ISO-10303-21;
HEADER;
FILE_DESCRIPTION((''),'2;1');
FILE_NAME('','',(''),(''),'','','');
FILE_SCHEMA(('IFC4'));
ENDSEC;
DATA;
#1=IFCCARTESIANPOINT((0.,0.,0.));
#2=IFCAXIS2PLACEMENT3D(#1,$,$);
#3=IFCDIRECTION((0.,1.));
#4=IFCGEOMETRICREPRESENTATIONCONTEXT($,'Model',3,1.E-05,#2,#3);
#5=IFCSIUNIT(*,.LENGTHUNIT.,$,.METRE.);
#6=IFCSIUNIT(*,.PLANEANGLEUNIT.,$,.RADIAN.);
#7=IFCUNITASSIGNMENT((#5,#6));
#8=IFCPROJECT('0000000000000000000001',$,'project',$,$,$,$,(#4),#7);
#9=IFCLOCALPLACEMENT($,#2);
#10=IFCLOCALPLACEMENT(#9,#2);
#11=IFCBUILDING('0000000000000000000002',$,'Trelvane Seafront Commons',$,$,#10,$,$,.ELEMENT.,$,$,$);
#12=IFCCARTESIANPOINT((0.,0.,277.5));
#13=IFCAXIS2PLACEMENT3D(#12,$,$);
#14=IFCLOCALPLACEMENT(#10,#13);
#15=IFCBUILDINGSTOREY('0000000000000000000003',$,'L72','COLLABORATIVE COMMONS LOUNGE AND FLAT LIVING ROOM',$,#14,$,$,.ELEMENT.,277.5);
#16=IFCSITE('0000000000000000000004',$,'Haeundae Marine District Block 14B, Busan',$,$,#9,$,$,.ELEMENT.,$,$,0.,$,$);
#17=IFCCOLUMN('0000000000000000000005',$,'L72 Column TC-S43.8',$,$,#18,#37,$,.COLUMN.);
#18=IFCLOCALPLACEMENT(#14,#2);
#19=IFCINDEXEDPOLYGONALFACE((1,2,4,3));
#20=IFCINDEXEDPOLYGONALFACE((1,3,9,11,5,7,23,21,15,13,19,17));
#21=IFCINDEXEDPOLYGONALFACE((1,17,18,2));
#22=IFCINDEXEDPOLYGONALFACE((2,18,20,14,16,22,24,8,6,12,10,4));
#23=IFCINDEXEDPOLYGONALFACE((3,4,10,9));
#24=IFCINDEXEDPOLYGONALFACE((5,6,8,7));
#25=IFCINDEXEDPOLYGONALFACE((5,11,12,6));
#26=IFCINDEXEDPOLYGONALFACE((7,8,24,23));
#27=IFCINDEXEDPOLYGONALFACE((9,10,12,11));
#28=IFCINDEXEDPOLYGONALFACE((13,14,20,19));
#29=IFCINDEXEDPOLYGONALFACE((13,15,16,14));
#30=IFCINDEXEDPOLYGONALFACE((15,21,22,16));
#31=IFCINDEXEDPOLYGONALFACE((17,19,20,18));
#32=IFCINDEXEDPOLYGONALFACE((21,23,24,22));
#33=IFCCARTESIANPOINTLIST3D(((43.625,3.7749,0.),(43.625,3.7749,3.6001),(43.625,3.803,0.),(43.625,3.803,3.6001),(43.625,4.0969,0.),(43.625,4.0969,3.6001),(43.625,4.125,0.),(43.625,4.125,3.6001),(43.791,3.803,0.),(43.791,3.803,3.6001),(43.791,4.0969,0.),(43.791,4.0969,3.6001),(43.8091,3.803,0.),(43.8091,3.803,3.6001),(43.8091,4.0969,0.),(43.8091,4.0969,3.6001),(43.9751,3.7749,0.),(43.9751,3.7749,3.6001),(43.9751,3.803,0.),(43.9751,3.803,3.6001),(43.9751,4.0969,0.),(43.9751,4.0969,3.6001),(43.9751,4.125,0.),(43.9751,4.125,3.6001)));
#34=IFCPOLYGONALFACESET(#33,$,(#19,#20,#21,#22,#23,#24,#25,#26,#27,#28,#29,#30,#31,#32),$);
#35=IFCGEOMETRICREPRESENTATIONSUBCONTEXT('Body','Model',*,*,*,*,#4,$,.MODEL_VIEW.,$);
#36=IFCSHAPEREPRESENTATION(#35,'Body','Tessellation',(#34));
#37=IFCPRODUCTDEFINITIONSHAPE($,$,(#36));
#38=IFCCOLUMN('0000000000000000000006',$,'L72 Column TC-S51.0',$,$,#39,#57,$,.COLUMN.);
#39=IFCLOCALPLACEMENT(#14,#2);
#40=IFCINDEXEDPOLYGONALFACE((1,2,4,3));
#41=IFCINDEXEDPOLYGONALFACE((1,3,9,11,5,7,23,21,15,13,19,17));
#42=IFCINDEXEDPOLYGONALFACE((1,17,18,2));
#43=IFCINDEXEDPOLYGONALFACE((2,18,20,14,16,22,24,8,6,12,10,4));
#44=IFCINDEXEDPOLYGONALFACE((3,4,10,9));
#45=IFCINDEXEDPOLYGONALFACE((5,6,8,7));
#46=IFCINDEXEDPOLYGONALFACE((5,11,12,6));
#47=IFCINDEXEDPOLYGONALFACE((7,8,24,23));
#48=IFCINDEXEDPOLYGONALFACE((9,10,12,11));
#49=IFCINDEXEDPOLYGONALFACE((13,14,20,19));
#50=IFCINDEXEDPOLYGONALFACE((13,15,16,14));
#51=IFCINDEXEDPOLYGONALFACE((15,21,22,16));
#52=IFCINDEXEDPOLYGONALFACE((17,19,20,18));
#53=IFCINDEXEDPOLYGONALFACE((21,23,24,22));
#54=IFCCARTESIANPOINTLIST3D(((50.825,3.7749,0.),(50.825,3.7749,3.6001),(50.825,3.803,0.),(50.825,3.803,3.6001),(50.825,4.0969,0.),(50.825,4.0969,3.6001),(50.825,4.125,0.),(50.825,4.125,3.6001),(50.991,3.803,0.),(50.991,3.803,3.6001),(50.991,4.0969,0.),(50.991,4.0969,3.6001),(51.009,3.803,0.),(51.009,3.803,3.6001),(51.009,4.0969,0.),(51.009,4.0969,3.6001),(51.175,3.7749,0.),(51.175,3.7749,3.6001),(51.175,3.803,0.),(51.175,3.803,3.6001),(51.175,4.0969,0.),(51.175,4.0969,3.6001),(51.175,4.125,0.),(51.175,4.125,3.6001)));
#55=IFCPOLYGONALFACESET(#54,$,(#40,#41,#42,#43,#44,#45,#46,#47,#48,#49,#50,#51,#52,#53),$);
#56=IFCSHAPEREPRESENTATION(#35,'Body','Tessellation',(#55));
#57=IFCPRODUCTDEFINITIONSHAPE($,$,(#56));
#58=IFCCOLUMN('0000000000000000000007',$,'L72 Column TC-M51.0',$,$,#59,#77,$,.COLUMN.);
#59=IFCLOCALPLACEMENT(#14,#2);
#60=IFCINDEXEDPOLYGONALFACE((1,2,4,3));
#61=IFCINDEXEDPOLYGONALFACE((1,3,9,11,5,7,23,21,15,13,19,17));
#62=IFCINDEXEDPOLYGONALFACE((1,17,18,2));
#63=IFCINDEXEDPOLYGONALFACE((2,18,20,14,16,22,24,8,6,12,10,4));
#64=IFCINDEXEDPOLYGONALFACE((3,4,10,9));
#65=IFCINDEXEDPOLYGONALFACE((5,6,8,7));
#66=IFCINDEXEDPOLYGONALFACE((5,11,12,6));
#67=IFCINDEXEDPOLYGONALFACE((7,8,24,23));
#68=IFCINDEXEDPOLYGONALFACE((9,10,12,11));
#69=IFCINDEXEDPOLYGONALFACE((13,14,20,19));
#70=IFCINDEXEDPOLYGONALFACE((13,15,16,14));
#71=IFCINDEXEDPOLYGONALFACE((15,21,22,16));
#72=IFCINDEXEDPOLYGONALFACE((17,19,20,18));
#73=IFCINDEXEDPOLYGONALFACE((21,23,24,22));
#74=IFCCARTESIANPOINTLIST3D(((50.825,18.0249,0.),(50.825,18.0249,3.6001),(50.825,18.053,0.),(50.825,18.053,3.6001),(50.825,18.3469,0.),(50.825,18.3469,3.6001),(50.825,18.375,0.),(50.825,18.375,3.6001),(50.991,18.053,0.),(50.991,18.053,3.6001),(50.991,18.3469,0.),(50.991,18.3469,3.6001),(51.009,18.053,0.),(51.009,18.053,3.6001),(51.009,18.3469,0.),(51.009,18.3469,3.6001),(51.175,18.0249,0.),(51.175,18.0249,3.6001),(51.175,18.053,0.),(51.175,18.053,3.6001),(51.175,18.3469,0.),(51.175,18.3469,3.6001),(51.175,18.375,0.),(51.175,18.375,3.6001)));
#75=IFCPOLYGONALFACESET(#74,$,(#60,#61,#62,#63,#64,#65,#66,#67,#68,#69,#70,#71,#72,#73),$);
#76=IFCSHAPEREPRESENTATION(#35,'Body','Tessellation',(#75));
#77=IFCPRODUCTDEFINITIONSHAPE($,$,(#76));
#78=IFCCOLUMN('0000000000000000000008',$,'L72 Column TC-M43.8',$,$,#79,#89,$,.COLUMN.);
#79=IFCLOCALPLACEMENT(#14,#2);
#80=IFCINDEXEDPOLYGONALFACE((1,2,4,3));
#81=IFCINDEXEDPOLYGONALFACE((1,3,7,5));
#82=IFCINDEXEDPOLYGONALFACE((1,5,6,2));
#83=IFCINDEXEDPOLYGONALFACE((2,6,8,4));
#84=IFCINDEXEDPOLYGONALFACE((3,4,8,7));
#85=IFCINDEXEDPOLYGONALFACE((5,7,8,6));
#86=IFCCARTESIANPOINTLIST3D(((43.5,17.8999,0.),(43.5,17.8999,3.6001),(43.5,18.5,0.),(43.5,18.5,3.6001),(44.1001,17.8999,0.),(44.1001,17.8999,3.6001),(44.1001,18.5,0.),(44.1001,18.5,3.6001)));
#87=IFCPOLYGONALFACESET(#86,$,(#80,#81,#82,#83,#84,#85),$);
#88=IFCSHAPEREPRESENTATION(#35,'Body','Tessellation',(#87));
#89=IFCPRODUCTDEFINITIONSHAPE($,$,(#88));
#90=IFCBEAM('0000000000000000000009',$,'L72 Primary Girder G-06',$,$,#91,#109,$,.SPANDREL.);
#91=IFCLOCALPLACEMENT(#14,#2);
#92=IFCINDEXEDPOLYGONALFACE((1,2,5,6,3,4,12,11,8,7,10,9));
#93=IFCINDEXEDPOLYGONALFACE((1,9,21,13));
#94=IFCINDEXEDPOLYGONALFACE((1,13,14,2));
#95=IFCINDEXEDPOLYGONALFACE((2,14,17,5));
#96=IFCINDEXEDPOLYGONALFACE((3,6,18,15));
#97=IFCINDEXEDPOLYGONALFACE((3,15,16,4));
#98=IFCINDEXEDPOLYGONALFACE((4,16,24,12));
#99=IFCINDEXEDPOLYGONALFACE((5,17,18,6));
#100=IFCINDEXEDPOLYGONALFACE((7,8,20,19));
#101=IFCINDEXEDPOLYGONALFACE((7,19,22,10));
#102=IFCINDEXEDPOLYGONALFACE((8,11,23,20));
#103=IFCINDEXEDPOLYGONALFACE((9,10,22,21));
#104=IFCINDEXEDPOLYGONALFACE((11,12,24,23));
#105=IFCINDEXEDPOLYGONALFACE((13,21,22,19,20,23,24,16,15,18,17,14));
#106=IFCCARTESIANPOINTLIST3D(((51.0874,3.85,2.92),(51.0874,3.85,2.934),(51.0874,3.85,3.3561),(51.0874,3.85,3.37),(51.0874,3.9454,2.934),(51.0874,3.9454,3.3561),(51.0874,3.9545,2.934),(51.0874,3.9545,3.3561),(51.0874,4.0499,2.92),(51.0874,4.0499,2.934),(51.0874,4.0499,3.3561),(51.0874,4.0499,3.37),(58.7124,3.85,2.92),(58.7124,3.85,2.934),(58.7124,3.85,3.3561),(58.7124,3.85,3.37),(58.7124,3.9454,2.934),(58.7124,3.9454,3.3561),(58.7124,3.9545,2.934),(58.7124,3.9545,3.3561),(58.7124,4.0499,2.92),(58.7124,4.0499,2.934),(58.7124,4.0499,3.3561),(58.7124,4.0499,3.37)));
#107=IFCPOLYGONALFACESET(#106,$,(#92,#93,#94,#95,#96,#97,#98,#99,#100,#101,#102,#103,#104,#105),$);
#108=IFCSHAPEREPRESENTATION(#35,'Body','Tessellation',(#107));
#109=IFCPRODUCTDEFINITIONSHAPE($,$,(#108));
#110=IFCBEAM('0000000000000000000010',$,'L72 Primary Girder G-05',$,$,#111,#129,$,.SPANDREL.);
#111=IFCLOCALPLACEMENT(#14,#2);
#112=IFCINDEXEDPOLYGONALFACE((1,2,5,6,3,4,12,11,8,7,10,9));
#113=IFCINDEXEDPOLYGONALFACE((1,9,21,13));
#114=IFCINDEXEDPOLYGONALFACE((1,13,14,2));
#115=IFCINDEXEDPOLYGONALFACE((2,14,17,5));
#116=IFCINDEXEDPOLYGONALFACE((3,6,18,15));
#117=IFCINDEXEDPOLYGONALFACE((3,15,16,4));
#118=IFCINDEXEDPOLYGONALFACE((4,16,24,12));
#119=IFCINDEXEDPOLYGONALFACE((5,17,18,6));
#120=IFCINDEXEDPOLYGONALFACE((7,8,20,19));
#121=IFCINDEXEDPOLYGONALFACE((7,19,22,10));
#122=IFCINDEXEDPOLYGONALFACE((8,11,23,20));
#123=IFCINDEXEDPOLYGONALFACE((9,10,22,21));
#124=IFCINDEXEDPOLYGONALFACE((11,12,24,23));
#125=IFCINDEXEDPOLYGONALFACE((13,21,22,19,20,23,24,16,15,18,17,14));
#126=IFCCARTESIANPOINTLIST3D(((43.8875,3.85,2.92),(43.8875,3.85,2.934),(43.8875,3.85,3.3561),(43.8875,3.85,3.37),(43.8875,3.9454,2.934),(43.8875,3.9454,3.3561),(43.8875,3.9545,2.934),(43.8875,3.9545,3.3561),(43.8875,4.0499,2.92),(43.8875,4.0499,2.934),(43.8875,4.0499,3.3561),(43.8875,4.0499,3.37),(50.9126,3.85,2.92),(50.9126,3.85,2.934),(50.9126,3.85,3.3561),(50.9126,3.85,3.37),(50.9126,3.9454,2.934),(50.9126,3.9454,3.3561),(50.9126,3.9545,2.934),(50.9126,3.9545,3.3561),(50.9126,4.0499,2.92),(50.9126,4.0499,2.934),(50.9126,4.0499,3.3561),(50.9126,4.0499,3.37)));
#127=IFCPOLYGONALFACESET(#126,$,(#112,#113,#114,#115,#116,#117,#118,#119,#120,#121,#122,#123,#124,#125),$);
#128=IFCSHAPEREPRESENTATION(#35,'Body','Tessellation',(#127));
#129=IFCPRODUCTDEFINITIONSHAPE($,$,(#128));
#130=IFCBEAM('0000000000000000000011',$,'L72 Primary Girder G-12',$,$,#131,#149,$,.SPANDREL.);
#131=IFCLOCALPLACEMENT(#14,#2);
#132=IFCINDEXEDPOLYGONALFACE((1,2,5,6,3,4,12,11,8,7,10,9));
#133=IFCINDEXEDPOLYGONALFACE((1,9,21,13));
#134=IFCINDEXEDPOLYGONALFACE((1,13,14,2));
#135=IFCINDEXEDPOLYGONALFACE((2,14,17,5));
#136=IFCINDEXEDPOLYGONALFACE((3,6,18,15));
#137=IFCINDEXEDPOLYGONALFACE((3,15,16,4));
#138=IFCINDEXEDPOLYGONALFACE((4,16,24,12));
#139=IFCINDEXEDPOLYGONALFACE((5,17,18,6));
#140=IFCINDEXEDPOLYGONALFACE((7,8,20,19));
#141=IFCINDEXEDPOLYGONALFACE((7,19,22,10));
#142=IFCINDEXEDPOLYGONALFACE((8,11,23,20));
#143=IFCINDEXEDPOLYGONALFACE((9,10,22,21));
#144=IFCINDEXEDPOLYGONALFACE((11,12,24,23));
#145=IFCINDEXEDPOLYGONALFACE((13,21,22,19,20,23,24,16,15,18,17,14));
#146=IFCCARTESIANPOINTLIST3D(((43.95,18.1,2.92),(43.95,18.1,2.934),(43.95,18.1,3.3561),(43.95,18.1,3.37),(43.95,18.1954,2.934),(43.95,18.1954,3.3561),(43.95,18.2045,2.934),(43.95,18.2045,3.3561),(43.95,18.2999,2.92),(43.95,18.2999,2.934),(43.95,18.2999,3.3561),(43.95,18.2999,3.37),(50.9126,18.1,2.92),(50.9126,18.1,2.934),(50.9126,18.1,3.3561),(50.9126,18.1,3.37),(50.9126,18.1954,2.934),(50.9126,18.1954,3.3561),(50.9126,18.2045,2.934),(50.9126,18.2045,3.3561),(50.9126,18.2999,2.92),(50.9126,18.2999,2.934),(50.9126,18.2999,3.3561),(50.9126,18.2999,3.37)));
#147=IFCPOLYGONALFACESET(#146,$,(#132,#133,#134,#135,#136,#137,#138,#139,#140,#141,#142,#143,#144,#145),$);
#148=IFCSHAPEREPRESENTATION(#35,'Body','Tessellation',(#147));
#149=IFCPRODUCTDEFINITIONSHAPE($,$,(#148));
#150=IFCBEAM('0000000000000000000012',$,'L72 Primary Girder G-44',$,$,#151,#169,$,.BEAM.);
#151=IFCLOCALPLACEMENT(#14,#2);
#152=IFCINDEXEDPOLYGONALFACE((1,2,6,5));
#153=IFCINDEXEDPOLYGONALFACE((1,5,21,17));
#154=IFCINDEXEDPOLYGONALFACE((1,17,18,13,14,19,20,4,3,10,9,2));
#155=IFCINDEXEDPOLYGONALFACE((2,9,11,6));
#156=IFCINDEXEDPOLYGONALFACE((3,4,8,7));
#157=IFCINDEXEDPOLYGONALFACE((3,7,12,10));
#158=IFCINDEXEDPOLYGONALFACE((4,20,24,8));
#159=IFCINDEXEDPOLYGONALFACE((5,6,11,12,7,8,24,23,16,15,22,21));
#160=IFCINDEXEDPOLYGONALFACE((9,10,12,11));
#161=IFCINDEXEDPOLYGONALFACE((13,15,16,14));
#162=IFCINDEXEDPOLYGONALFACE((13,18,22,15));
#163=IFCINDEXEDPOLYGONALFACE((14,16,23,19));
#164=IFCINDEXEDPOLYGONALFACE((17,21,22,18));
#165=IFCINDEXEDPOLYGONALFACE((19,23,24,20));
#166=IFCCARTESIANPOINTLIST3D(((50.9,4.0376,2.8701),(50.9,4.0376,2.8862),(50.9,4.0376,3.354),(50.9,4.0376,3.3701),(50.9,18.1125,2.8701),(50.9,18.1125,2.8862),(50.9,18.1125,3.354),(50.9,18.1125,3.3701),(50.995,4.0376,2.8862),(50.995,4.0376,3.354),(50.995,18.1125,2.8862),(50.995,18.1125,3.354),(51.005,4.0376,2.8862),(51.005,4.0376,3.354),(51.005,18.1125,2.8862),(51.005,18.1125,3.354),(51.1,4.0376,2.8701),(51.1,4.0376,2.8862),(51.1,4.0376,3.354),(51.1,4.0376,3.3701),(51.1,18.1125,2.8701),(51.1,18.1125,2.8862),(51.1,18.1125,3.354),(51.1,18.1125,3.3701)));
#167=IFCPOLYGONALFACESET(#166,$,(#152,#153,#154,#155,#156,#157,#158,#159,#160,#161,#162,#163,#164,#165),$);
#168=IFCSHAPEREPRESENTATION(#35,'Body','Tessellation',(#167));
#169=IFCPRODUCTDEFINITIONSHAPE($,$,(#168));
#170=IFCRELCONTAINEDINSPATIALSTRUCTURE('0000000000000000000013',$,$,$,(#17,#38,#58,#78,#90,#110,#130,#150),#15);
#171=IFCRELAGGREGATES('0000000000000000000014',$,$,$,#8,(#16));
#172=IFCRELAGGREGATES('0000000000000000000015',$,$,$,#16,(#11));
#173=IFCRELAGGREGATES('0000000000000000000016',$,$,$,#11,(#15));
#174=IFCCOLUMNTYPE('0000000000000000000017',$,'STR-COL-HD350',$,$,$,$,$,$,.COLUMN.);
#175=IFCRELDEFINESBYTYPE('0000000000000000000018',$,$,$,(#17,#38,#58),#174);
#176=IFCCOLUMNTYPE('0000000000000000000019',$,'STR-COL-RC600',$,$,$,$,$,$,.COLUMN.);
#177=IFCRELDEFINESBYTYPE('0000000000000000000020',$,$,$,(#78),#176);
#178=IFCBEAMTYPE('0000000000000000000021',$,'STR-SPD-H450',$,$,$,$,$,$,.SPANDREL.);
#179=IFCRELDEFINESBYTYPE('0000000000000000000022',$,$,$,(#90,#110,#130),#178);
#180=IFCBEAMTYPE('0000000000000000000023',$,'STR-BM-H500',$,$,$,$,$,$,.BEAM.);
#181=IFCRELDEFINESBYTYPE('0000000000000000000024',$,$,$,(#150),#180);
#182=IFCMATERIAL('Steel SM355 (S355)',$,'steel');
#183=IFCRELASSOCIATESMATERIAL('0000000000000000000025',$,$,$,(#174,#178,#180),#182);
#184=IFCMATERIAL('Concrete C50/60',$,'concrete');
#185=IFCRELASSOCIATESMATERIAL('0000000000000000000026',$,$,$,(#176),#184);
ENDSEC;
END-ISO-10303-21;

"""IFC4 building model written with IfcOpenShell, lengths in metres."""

from ifc_helpers import new_model, si_unit, direction, frame, origin, origin_2d, place, context, subcontext, project, spatial, rectangle, i_section, extrude, source, transform, mapped, material, material_profile, profile_set, type_object, element, save


model = new_model("IFC4")

# Units and contexts
model_context = context("Model", 3, precision=1e-05, world=origin(), true_north=direction((0.0, 1.0)))
body_context = subcontext(model_context, "Body", "Model", "MODEL_VIEW")
ifc_project = project(units=[si_unit("LENGTHUNIT", "METRE"), si_unit("PLANEANGLEUNIT", "RADIAN")], contexts=[model_context])

# Site, building, storey
site_placement = place(None, origin())
site = spatial("IfcSite", under=ifc_project, at=site_placement, Name="Haeundae Marine District Block 14B, Busan", CompositionType="ELEMENT", RefElevation=0.0)
building_placement = place(site_placement, origin())
building = spatial("IfcBuilding", under=site, at=building_placement, Name="Trelvane Seafront Commons", CompositionType="ELEMENT")
storey_placement = place(building_placement, frame((0.0, 0.0, 277.5)))
storey = spatial("IfcBuildingStorey", under=building, at=storey_placement, Name="L72", Description="COLLABORATIVE COMMONS LOUNGE AND FLAT LIVING ROOM", CompositionType="ELEMENT", Elevation=277.5)

# Columns
ifc_material_1 = material(Name="Steel SM355 (S355)", Category="steel")
ifc_material_profile_1 = material_profile(ifc_material_1, i_section(OverallWidth=0.3501, OverallDepth=0.3501, WebThickness=0.0181, FlangeThickness=0.0281, at=origin_2d()), Name="HD-350x350x18x28")
ifc_profile_set_1 = profile_set([ifc_material_profile_1], Name="Steel SM355 (S355)")
column_type_1 = type_object("IfcColumnType", Name="STR-COL-HD350", PredefinedType="COLUMN", material=ifc_profile_set_1)
shared_shape_1 = source(origin(), body_context, "Body", "SweptSolid", [
    extrude(i_section(OverallWidth=0.3501, OverallDepth=0.3501, WebThickness=0.0181, FlangeThickness=0.0281, at=origin_2d()), origin(), (0.0, 0.0, 1.0), 3.6001),
])
for number, where, z_axis, x_axis, name in (
    (1, (43.8, 3.95, 0.0), (0.0, 0.0, 1.0), (1.0, 0.0, 0.0), "L72 Column TC-S43.8"),
    (2, (51.0, 3.95, 0.0), (0.0, 0.0, 1.0), (1.0, 0.0, 0.0), "L72 Column TC-S51.0"),
    (3, (51.0, 18.2, 0.0), (0.0, 0.0, 1.0), (1.0, 0.0, 0.0), "L72 Column TC-M51.0"),
):
    element("IfcColumn", number, at=place(storey_placement, frame(where, z_axis=z_axis, x_axis=x_axis)), inside=storey, type_object=column_type_1, Name=name, PredefinedType="COLUMN", context=body_context, shape_type="MappedRepresentation", body=[
        mapped(shared_shape_1, transform((0.0, 0.0, 0.0), x_axis=(1.0, 0.0, 0.0), y_axis=(0.0, 1.0, 0.0), z_axis=(0.0, 0.0, 1.0), scale=1.0)),
    ])
ifc_material_2 = material(Name="Concrete C50/60", Category="concrete")
ifc_material_profile_2 = material_profile(ifc_material_2, rectangle(XDim=0.6001, YDim=0.6001, at=origin_2d()), Name="RC-600x600")
ifc_profile_set_2 = profile_set([ifc_material_profile_2], Name="Concrete C50/60")
column_type_2 = type_object("IfcColumnType", Name="STR-COL-RC600", PredefinedType="COLUMN", material=ifc_profile_set_2)
shared_shape_2 = source(origin(), body_context, "Body", "SweptSolid", [
    extrude(rectangle(XDim=0.6001, YDim=0.6001, at=origin_2d()), origin(), (0.0, 0.0, 1.0), 3.6001),
])
column_placement = place(storey_placement, frame((43.8, 18.2, 0.0), z_axis=(0.0, 0.0, 1.0), x_axis=(1.0, 0.0, 0.0)))
element("IfcColumn", 4, at=column_placement, inside=storey, type_object=column_type_2, Name="L72 Column TC-M43.8", PredefinedType="COLUMN", context=body_context, shape_type="MappedRepresentation", body=[
    mapped(shared_shape_2, transform((0.0, 0.0, 0.0), x_axis=(1.0, 0.0, 0.0), y_axis=(0.0, 1.0, 0.0), z_axis=(0.0, 0.0, 1.0), scale=1.0)),
])

# Beams
ifc_material_profile_3 = material_profile(ifc_material_1, i_section(OverallWidth=0.2, OverallDepth=0.45, WebThickness=0.009, FlangeThickness=0.0139, at=origin_2d()), Name="H-450x200x9x14")
ifc_profile_set_3 = profile_set([ifc_material_profile_3], Name="Steel SM355 (S355)")
beam_type_1 = type_object("IfcBeamType", Name="STR-SPD-H450", PredefinedType="SPANDREL", material=ifc_profile_set_3)
shared_shape_3 = source(origin(), body_context, "Body", "SweptSolid", [
    extrude(i_section(OverallWidth=0.2, OverallDepth=0.45, WebThickness=0.009, FlangeThickness=0.0139, at=origin_2d()), origin(), (0.0, 0.0, 1.0), 7.625),
])
beam_1_placement = place(storey_placement, frame((51.0874, 3.95, 3.145), z_axis=(1.0, 0.0, 0.0), x_axis=(0.0, 1.0, 0.0)))
element("IfcBeam", 5, at=beam_1_placement, inside=storey, type_object=beam_type_1, Name="L72 Primary Girder G-06", PredefinedType="SPANDREL", context=body_context, shape_type="MappedRepresentation", body=[
    mapped(shared_shape_3, transform((0.0, 0.0, 0.0), x_axis=(1.0, 0.0, 0.0), y_axis=(0.0, 1.0, 0.0), z_axis=(0.0, 0.0, 1.0), scale=1.0)),
])
shared_shape_4 = source(origin(), body_context, "Body", "SweptSolid", [
    extrude(i_section(OverallWidth=0.2, OverallDepth=0.45, WebThickness=0.009, FlangeThickness=0.0139, at=origin_2d()), origin(), (0.0, 0.0, 1.0), 7.0251),
])
beam_2_placement = place(storey_placement, frame((43.8875, 3.95, 3.145), z_axis=(1.0, 0.0, 0.0), x_axis=(0.0, 1.0, 0.0)))
element("IfcBeam", 6, at=beam_2_placement, inside=storey, type_object=beam_type_1, Name="L72 Primary Girder G-05", PredefinedType="SPANDREL", context=body_context, shape_type="MappedRepresentation", body=[
    mapped(shared_shape_4, transform((0.0, 0.0, 0.0), x_axis=(1.0, 0.0, 0.0), y_axis=(0.0, 1.0, 0.0), z_axis=(0.0, 0.0, 1.0), scale=1.0)),
])
shared_shape_5 = source(origin(), body_context, "Body", "SweptSolid", [
    extrude(i_section(OverallWidth=0.2, OverallDepth=0.45, WebThickness=0.009, FlangeThickness=0.0139, at=origin_2d()), origin(), (0.0, 0.0, 1.0), 6.9626),
])
beam_3_placement = place(storey_placement, frame((43.95, 18.2, 3.145), z_axis=(1.0, 0.0, 0.0), x_axis=(0.0, 1.0, 0.0)))
element("IfcBeam", 7, at=beam_3_placement, inside=storey, type_object=beam_type_1, Name="L72 Primary Girder G-12", PredefinedType="SPANDREL", context=body_context, shape_type="MappedRepresentation", body=[
    mapped(shared_shape_5, transform((0.0, 0.0, 0.0), x_axis=(1.0, 0.0, 0.0), y_axis=(0.0, 1.0, 0.0), z_axis=(0.0, 0.0, 1.0), scale=1.0)),
])
ifc_material_profile_4 = material_profile(ifc_material_1, i_section(OverallWidth=0.2, OverallDepth=0.5, WebThickness=0.01, FlangeThickness=0.0161, at=origin_2d()), Name="H-500x200x10x16")
ifc_profile_set_4 = profile_set([ifc_material_profile_4], Name="Steel SM355 (S355)")
beam_type_2 = type_object("IfcBeamType", Name="STR-BM-H500", PredefinedType="BEAM", material=ifc_profile_set_4)
shared_shape_6 = source(origin(), body_context, "Body", "SweptSolid", [
    extrude(i_section(OverallWidth=0.2, OverallDepth=0.5, WebThickness=0.01, FlangeThickness=0.0161, at=origin_2d()), origin(), (0.0, 0.0, 1.0), 14.075),
])
beam_4_placement = place(storey_placement, frame((51.0, 4.0376, 3.1201), z_axis=(0.0, 1.0, 0.0), x_axis=(-1.0, 0.0, 0.0)))
element("IfcBeam", 8, at=beam_4_placement, inside=storey, type_object=beam_type_2, Name="L72 Primary Girder G-44", PredefinedType="BEAM", context=body_context, shape_type="MappedRepresentation", body=[
    mapped(shared_shape_6, transform((0.0, 0.0, 0.0), x_axis=(1.0, 0.0, 0.0), y_axis=(0.0, 1.0, 0.0), z_axis=(0.0, 0.0, 1.0), scale=1.0)),
])

save(model, "model.ifc")
